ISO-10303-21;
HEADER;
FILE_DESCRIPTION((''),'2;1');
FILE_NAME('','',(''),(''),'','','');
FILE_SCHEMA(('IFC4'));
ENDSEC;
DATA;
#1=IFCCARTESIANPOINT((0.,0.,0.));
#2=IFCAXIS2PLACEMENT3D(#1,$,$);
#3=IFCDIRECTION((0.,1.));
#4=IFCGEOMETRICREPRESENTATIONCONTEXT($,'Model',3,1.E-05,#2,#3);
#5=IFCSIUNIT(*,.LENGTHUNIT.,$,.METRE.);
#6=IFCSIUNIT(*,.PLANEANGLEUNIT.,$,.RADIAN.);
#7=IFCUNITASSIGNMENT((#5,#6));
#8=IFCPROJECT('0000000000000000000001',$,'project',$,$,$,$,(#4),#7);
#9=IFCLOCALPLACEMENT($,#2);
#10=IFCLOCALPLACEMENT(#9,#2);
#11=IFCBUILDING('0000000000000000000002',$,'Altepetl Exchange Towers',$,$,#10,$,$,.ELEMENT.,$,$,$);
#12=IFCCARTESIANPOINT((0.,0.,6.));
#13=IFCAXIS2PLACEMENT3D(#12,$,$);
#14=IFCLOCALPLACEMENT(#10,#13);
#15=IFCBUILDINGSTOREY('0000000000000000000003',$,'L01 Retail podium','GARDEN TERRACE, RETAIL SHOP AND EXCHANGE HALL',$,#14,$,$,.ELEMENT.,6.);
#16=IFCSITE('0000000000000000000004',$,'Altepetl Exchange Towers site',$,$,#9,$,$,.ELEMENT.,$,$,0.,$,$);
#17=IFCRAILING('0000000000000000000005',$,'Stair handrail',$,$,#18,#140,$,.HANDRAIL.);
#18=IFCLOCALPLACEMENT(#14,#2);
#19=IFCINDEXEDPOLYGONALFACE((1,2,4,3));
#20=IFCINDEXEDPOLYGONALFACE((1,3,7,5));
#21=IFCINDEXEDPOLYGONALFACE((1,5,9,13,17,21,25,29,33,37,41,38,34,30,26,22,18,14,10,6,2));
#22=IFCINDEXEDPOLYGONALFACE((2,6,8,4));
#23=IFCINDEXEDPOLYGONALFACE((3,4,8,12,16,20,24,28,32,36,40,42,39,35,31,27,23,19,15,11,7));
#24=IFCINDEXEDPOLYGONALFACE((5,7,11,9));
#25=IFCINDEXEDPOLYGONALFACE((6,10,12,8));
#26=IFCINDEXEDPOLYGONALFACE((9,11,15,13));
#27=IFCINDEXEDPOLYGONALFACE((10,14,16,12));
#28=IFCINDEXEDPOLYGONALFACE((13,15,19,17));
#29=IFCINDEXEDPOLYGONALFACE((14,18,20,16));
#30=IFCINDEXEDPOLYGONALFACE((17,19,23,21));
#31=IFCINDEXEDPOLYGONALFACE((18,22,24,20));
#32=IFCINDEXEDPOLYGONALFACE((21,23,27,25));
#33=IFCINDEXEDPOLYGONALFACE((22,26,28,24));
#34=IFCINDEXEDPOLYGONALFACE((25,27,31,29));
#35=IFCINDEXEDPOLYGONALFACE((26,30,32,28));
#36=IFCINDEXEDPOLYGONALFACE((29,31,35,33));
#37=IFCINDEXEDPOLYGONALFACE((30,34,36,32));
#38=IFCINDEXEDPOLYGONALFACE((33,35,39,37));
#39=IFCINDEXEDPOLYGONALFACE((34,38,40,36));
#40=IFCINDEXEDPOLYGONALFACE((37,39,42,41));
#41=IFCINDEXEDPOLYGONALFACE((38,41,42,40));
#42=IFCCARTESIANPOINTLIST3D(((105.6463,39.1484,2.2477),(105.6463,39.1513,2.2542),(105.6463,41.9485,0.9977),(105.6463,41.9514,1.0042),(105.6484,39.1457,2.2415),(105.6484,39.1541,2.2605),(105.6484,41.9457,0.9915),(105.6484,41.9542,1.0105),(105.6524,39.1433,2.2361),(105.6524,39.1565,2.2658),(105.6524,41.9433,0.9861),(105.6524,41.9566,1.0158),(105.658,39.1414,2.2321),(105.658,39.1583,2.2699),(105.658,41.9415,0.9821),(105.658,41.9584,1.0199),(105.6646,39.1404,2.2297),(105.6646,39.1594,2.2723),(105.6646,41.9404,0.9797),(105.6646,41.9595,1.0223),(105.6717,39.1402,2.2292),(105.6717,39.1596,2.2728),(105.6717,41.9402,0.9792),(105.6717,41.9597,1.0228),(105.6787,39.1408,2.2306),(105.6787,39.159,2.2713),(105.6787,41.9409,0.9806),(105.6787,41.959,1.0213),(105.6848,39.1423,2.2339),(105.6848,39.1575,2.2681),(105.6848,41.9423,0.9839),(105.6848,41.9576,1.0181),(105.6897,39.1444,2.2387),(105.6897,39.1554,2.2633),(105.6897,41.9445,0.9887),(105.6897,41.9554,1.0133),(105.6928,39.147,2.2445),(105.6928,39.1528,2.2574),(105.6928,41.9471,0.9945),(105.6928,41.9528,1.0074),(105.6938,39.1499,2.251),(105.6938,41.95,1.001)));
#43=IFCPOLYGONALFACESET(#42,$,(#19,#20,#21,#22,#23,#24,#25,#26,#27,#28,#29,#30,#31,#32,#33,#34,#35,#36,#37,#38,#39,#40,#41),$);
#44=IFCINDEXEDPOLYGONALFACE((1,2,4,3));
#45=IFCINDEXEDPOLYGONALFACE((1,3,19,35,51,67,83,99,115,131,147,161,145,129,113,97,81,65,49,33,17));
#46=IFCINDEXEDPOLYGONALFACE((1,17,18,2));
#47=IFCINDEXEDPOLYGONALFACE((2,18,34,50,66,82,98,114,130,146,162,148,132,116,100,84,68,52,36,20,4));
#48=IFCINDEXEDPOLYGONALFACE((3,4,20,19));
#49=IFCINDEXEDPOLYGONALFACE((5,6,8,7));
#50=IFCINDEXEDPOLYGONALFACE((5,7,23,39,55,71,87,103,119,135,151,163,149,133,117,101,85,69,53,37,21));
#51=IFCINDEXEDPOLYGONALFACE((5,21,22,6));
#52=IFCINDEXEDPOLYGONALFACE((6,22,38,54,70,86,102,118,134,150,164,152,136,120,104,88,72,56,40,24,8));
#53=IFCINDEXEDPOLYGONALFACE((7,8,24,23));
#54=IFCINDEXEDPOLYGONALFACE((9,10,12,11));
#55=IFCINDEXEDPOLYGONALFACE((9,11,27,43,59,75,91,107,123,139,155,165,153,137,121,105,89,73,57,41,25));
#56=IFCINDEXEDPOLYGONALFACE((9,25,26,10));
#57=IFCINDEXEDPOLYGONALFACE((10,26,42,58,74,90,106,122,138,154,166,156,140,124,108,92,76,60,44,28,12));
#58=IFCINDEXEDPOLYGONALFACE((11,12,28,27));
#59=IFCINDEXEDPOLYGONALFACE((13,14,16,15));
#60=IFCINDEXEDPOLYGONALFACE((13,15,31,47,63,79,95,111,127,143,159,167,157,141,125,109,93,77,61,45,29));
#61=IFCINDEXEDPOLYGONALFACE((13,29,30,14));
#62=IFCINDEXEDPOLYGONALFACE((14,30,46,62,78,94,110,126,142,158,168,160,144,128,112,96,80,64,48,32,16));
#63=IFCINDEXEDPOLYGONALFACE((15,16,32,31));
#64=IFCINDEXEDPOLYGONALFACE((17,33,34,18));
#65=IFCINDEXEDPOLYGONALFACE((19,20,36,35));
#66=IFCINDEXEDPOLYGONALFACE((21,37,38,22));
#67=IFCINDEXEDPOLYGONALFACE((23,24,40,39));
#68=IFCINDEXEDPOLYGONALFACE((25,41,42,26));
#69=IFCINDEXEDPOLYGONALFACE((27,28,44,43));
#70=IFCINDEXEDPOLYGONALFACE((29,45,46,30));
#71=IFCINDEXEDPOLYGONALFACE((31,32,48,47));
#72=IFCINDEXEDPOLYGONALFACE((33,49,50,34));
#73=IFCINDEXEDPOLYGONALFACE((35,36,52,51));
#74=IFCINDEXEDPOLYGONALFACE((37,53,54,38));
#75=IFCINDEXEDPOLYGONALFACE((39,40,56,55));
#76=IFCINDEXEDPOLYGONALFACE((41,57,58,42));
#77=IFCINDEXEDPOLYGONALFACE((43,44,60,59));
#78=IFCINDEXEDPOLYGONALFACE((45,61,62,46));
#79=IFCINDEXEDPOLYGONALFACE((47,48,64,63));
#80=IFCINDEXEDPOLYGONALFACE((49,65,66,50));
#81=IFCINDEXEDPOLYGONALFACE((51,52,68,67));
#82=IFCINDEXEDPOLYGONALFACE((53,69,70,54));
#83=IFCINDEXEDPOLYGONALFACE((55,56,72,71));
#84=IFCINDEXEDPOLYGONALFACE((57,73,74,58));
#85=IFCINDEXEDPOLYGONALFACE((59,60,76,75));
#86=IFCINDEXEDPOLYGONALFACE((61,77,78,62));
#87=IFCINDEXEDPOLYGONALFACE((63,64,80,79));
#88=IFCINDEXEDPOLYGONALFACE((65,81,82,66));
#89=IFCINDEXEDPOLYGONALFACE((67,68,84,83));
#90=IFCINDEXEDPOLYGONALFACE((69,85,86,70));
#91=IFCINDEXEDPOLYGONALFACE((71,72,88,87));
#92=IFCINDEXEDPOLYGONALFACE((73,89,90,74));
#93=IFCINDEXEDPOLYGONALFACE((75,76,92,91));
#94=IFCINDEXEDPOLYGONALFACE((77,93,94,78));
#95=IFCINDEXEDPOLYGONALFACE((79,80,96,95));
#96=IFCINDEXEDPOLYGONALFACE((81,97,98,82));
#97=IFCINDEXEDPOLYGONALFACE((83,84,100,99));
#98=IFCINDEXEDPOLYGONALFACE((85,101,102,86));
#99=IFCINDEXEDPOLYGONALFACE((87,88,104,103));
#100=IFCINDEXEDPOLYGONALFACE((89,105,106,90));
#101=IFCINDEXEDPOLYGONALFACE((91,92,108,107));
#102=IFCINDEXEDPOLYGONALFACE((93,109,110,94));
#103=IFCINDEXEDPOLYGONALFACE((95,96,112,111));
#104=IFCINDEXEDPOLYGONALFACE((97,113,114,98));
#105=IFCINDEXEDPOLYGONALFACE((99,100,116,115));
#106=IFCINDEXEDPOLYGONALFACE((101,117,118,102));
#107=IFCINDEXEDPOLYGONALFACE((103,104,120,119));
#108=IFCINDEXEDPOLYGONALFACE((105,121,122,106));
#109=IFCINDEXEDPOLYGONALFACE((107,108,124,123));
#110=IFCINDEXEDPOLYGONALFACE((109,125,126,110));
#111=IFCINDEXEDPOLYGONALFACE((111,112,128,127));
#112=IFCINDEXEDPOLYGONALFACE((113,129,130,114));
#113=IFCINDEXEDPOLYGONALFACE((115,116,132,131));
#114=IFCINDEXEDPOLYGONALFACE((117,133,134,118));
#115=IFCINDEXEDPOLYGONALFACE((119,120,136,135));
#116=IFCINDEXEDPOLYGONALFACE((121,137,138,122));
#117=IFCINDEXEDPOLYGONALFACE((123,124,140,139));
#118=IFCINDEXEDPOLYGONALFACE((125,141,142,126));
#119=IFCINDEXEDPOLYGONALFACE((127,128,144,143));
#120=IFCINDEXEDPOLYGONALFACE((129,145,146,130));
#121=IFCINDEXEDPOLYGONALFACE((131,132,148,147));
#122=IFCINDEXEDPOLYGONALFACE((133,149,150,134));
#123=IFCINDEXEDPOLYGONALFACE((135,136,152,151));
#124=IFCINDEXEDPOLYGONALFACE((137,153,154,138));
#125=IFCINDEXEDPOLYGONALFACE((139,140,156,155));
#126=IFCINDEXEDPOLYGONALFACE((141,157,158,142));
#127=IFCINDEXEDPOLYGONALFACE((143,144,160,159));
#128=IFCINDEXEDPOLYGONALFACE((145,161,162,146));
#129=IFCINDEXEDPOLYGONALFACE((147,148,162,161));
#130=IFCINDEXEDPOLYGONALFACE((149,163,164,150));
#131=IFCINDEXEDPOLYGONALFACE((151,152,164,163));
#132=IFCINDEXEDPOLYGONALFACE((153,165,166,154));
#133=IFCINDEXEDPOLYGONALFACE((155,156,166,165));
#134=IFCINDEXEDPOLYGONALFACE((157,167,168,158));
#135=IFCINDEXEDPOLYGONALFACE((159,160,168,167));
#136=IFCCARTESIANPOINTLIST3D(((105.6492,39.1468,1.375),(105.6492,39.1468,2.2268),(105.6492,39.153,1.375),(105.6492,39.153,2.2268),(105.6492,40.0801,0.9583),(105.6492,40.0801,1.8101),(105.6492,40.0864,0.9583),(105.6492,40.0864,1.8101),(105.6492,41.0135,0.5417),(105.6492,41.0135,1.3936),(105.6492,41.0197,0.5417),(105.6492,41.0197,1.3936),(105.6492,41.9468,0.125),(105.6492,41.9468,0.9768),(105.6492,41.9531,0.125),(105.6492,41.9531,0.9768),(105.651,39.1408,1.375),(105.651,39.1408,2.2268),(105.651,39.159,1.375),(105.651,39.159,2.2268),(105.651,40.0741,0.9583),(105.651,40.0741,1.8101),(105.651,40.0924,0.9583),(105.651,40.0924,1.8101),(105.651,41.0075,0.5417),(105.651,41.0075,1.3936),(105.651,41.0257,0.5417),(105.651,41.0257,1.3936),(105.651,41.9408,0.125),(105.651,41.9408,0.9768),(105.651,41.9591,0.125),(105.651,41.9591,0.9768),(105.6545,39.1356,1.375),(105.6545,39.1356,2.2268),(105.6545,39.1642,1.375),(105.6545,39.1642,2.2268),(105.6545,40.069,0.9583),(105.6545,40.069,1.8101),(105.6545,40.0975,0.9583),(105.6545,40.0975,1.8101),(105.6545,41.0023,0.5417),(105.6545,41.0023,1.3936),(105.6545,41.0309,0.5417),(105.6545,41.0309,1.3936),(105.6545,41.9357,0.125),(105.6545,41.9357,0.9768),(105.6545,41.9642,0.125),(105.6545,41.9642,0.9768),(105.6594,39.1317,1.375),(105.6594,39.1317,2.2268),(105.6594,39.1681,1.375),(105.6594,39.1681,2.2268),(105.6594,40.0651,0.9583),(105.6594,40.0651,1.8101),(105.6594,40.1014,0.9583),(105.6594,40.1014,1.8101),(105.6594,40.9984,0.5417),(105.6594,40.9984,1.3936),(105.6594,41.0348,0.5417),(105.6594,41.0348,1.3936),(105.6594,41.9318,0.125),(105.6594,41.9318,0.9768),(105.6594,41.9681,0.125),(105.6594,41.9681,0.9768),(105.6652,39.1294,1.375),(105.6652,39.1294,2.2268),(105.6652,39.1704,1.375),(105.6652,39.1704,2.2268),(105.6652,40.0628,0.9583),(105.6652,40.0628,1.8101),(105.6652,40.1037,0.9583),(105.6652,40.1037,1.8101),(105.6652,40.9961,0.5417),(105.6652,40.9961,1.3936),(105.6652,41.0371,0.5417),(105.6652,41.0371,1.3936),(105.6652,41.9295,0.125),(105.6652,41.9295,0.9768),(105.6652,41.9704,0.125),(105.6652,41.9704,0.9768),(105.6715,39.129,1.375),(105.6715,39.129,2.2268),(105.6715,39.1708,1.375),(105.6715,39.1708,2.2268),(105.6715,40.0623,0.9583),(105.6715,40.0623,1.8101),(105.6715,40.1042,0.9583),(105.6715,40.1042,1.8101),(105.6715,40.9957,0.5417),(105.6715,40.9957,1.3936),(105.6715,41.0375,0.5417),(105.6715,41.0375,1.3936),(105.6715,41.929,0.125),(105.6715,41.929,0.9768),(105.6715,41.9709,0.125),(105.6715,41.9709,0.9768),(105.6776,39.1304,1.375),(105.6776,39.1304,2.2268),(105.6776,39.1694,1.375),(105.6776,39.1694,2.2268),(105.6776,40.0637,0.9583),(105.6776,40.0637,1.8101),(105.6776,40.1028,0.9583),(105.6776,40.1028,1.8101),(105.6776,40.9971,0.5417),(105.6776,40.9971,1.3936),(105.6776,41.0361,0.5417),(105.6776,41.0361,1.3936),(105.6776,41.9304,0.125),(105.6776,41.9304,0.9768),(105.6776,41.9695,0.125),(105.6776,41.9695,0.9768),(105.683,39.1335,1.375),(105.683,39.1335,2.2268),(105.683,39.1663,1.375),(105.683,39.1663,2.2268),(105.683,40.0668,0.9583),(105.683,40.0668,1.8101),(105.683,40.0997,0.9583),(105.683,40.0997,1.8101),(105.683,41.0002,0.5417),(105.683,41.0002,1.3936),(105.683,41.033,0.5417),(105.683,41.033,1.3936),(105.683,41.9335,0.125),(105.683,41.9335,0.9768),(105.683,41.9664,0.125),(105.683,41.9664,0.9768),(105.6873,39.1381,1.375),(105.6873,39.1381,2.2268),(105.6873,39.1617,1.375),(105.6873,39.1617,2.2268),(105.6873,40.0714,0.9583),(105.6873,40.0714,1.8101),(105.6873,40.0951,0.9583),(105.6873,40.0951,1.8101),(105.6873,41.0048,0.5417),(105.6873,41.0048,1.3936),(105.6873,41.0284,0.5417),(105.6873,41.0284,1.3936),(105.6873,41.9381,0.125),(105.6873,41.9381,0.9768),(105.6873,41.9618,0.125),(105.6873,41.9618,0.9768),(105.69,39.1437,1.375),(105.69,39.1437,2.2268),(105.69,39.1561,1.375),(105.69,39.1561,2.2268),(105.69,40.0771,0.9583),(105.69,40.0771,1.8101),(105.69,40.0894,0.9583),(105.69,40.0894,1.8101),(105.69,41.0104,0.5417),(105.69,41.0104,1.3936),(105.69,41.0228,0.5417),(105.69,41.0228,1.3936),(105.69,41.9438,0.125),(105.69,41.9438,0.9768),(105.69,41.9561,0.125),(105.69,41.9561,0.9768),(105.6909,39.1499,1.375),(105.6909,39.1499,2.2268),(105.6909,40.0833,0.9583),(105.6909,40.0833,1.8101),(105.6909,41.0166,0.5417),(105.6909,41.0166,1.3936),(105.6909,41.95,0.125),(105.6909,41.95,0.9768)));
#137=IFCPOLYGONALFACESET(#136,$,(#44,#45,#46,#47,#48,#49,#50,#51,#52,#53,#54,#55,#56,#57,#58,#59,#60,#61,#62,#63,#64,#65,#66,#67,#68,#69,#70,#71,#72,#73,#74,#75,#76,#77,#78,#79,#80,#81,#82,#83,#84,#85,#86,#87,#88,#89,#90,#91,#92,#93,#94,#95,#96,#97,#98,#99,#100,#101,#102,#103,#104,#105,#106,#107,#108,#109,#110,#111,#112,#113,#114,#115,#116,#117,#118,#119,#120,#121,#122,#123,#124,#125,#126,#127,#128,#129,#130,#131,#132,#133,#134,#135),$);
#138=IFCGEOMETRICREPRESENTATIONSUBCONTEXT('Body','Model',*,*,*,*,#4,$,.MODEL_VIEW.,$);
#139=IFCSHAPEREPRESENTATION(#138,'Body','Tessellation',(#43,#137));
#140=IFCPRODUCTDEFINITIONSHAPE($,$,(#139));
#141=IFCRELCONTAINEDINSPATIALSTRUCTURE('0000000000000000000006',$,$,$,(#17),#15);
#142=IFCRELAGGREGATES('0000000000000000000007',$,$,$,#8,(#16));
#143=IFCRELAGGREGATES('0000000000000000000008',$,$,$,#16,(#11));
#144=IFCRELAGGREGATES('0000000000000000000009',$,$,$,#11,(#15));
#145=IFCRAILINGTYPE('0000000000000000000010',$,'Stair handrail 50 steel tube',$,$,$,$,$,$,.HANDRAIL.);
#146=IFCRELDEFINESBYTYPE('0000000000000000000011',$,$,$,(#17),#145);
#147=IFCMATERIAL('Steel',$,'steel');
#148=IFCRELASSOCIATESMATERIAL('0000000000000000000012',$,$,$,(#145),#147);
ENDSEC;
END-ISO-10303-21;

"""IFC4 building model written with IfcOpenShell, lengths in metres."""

from ifc_helpers import new_model, si_unit, direction, frame, origin, origin_2d, place, context, subcontext, project, spatial, circle, extrude, source, transform, mapped, material, type_object, element, save


model = new_model("IFC4")

# Units and contexts
model_context = context("Model", 3, precision=1e-05, world=origin(), true_north=direction((0.0, 1.0)))
body_context = subcontext(model_context, "Body", "Model", "MODEL_VIEW")
ifc_project = project(units=[si_unit("LENGTHUNIT", "METRE"), si_unit("PLANEANGLEUNIT", "RADIAN")], contexts=[model_context])

# Site, building, storey
site_placement = place(None, origin())
site = spatial("IfcSite", under=ifc_project, at=site_placement, Name="Altepetl Exchange Towers site", CompositionType="ELEMENT", RefElevation=0.0)
building_placement = place(site_placement, origin())
building = spatial("IfcBuilding", under=site, at=building_placement, Name="Altepetl Exchange Towers", CompositionType="ELEMENT")
storey_placement = place(building_placement, frame((0.0, 0.0, 6.0)))
storey = spatial("IfcBuildingStorey", under=building, at=storey_placement, Name="L01 Retail podium", Description="GARDEN TERRACE, RETAIL SHOP AND EXCHANGE HALL", CompositionType="ELEMENT", Elevation=6.0)

# Railing
ifc_material_1 = material(Name="Steel", Category="steel")
railing_type = type_object("IfcRailingType", Name="Stair handrail 50 steel tube", PredefinedType="HANDRAIL", material=ifc_material_1)
shared_shape = source(origin(), body_context, "Body", "SweptSolid", [
    extrude(circle(Radius=0.021, at=origin_2d()), origin(), (0.0, 0.0, 1.0), 0.8518),
])
for number, where, name in (
    (1, (105.6699, 41.95, 0.125), "Stair handrail"),
):
    element("IfcRailing", number, at=place(storey_placement, frame(where)), inside=storey, type_object=railing_type, Name=name, PredefinedType="HANDRAIL", context=body_context, shape_type="SweptSolid", body=[
        extrude(circle(Radius=0.0239, at=origin_2d()), frame((0.0, 0.0, 0.876), z_axis=(0.0, -0.913141, 0.407645), x_axis=(1.0, 0.0, 0.0)), (0.0, 0.0, 1.0), 3.0664),
        mapped(shared_shape, transform((0.0, 0.0, 0.0))),
        mapped(shared_shape, transform((0.0, -0.9333, 0.4167))),
        mapped(shared_shape, transform((0.0, -1.8667, 0.8333))),
        mapped(shared_shape, transform((0.0, -2.8, 1.25))),
    ])

save(model, "model.ifc")
